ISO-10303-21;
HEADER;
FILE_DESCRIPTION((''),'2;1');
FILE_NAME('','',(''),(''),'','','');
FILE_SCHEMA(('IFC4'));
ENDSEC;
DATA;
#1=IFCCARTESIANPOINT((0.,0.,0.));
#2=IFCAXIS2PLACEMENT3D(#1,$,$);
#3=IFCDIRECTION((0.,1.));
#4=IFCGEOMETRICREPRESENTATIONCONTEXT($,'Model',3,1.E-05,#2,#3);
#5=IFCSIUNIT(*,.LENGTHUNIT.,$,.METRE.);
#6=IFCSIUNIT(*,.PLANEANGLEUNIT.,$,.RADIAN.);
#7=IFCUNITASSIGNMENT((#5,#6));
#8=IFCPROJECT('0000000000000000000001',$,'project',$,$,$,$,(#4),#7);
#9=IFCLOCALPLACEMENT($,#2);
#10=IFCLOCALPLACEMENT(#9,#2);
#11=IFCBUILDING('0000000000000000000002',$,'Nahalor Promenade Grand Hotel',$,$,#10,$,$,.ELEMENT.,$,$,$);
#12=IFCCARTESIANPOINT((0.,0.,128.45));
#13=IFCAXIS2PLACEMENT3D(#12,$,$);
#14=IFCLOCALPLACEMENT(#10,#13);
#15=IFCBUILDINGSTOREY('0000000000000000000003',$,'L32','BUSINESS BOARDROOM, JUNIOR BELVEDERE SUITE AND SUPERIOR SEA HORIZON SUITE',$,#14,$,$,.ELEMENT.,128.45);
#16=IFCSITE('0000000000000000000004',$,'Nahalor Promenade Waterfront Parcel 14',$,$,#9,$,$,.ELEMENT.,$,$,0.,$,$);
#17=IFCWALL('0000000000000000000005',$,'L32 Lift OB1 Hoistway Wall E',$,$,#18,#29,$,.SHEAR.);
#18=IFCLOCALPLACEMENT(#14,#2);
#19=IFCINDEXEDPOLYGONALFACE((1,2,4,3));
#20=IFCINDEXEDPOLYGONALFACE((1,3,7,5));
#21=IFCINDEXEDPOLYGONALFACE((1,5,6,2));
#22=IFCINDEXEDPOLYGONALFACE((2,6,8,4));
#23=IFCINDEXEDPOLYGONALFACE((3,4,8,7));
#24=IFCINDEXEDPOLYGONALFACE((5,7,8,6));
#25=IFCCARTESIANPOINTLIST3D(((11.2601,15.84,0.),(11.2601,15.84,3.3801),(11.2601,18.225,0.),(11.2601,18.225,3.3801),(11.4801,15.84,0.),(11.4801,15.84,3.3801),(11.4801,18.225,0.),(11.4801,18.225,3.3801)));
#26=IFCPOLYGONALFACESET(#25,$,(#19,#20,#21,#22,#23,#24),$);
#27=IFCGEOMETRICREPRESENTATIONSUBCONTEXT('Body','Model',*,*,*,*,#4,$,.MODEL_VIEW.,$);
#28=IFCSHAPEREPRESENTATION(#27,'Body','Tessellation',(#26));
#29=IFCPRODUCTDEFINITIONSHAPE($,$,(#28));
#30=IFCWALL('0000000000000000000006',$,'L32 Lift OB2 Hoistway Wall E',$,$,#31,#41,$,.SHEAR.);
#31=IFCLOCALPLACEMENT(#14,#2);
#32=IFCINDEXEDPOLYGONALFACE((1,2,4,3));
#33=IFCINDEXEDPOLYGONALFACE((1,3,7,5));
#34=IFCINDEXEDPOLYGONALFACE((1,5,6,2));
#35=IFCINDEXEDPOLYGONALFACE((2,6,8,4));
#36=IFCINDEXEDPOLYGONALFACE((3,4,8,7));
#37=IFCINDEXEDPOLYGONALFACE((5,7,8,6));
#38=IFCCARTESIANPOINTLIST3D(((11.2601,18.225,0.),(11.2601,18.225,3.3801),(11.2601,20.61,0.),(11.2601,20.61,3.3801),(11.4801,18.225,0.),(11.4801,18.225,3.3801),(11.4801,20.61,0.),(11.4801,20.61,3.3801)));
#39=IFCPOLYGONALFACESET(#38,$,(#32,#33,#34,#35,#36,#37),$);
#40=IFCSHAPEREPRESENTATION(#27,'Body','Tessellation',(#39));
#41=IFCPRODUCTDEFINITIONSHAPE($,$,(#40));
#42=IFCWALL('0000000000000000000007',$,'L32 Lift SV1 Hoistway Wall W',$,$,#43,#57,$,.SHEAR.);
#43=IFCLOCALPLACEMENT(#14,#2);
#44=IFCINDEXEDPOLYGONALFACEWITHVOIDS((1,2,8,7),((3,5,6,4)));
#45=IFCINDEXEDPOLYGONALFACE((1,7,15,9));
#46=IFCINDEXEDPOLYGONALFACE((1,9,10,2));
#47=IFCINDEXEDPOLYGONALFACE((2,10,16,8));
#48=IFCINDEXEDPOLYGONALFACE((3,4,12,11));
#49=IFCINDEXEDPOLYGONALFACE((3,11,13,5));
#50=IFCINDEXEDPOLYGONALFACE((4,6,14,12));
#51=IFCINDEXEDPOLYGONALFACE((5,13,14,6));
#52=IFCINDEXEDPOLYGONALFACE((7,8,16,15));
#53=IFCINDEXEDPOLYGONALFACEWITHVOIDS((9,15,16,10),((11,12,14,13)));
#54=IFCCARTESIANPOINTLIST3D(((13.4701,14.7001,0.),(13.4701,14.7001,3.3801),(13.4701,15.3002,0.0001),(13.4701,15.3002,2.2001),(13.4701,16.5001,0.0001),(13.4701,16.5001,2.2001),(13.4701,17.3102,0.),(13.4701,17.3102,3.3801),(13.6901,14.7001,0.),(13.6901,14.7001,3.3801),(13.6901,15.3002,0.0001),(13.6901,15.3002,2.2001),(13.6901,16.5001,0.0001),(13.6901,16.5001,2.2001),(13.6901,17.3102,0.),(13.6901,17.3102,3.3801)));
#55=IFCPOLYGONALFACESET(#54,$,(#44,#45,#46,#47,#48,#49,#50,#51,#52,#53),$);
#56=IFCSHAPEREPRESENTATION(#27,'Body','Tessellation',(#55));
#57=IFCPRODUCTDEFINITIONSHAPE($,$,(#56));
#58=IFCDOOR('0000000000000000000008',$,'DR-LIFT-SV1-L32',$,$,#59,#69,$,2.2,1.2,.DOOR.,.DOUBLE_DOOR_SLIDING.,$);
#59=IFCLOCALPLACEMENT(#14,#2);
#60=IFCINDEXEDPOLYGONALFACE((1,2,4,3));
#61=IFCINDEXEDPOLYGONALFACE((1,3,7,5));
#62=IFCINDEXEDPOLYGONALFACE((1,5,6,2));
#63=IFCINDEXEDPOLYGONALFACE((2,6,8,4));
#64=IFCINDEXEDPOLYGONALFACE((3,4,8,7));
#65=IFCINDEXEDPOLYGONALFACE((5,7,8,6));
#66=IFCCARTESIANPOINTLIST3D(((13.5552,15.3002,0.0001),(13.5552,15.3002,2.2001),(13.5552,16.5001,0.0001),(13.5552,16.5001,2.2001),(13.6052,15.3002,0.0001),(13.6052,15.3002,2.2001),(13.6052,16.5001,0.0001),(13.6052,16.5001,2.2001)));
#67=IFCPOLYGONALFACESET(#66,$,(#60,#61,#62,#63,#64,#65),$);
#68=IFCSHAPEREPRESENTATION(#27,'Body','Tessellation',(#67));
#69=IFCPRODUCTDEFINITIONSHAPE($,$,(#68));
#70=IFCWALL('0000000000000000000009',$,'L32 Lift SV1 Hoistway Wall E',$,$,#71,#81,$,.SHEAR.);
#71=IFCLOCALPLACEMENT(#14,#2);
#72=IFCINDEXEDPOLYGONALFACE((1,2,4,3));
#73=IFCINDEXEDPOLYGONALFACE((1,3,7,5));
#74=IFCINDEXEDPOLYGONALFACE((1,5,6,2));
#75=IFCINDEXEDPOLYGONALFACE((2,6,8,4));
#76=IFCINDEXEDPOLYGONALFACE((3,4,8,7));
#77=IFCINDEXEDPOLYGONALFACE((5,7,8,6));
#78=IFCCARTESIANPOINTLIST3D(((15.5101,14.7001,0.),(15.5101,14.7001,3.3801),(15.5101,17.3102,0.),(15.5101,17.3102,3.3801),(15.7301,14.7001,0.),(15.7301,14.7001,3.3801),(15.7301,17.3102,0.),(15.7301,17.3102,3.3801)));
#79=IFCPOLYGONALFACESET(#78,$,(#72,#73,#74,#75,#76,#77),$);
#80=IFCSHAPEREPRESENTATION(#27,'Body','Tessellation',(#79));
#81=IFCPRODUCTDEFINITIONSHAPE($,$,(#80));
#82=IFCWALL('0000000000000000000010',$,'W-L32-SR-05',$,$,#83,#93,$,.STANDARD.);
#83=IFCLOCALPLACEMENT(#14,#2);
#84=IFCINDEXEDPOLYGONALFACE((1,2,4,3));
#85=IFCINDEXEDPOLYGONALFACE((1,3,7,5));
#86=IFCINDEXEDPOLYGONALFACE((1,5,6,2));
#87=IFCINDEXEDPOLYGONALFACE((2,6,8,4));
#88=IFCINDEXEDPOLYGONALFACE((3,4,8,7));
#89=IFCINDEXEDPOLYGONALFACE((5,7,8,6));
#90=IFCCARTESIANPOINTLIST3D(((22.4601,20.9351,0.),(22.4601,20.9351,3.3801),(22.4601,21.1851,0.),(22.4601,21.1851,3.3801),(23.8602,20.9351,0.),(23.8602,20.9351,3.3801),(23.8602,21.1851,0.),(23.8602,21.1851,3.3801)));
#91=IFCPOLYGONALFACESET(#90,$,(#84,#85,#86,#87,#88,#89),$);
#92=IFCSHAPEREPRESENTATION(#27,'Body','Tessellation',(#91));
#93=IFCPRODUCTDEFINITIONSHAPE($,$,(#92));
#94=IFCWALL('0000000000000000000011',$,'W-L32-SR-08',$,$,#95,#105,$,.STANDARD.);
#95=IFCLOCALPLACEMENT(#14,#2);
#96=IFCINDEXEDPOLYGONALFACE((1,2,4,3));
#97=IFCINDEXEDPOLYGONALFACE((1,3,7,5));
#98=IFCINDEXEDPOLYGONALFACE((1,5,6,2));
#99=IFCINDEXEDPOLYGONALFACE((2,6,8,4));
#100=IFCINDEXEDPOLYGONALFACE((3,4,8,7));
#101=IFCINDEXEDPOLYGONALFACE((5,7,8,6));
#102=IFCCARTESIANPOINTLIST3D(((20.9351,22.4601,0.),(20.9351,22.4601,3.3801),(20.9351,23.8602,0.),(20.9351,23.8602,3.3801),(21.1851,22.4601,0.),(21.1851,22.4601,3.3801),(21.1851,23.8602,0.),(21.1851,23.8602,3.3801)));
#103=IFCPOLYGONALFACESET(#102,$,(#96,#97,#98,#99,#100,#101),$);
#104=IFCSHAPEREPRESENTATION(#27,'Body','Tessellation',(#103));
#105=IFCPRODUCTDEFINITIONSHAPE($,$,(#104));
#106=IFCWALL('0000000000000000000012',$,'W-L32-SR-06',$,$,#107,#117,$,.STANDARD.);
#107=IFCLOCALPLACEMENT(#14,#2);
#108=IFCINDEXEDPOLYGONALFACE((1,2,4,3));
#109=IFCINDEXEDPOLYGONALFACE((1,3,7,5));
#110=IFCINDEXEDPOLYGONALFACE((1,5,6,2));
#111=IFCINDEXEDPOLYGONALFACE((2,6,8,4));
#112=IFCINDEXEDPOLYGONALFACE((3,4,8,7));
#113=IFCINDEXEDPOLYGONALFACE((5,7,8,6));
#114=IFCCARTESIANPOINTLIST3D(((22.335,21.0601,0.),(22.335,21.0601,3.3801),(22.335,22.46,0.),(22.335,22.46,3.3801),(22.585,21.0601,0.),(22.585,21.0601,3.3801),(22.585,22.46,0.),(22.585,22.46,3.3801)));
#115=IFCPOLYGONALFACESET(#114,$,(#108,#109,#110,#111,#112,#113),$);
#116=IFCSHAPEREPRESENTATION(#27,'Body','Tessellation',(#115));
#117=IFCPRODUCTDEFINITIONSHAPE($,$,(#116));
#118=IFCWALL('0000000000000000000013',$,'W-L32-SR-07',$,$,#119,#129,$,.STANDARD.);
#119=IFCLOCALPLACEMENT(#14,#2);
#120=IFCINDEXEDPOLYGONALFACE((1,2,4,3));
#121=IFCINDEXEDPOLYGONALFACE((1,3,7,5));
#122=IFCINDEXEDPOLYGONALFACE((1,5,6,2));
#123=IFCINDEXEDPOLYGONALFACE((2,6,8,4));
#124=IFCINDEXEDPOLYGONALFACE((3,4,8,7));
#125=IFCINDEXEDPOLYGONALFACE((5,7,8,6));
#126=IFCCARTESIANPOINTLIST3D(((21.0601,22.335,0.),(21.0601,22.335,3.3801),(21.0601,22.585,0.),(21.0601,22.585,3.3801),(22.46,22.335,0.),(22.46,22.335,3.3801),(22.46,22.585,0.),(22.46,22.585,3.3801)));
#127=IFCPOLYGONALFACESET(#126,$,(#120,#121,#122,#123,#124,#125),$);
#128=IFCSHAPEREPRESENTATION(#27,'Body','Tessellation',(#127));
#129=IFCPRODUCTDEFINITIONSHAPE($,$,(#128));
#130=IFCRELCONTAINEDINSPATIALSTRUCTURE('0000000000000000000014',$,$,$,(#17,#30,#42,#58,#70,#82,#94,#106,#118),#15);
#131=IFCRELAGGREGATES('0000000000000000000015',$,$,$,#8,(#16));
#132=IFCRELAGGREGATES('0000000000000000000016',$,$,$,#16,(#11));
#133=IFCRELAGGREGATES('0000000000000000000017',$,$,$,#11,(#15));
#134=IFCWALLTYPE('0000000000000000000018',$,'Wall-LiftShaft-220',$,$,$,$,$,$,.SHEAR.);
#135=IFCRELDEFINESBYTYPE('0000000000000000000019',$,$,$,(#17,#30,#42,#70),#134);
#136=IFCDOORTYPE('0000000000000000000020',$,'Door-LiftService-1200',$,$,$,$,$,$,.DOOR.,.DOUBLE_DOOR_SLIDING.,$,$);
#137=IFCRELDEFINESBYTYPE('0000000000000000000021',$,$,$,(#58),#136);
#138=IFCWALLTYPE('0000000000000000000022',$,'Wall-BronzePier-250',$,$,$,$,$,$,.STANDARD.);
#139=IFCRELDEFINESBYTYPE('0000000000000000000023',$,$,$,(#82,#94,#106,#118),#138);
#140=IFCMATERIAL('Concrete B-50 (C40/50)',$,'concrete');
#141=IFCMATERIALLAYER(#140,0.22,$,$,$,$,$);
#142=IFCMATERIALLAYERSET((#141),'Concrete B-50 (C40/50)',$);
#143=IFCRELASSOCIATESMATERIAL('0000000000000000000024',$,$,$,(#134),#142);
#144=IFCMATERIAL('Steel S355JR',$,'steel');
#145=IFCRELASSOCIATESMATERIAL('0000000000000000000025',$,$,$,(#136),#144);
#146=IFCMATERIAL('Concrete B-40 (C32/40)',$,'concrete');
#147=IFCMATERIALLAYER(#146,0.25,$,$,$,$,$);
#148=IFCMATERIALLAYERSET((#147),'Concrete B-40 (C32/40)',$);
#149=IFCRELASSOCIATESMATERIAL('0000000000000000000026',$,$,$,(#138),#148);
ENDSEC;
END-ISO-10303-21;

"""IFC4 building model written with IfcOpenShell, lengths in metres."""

from ifc_helpers import new_model, si_unit, direction, frame, frame_2d, origin, place, context, subcontext, project, spatial, rectangle, extrude, source, transform, mapped, material, layer, layer_set, type_object, element, fill, save


model = new_model("IFC4")

# Units and contexts
model_context = context("Model", 3, precision=1e-05, world=origin(), true_north=direction((0.0, 1.0)))
body_context = subcontext(model_context, "Body", "Model", "MODEL_VIEW")
ifc_project = project(units=[si_unit("LENGTHUNIT", "METRE"), si_unit("PLANEANGLEUNIT", "RADIAN")], contexts=[model_context])

# Site, building, storey
site_placement = place(None, origin())
site = spatial("IfcSite", under=ifc_project, at=site_placement, Name="Nahalor Promenade Waterfront Parcel 14", CompositionType="ELEMENT", RefElevation=0.0)
building_placement = place(site_placement, origin())
building = spatial("IfcBuilding", under=site, at=building_placement, Name="Nahalor Promenade Grand Hotel", CompositionType="ELEMENT")
storey_placement = place(building_placement, frame((0.0, 0.0, 128.45)))
storey = spatial("IfcBuildingStorey", under=building, at=storey_placement, Name="L32", Description="BUSINESS BOARDROOM, JUNIOR BELVEDERE SUITE AND SUPERIOR SEA HORIZON SUITE", CompositionType="ELEMENT", Elevation=128.45)

# Shared definitions
ifc_material_1 = material(Name="Steel S355JR", Category="steel")

# Shared definitions
ifc_material_2 = material(Name="Concrete B-50 (C40/50)", Category="concrete")
ifc_layer_1 = layer(ifc_material_2, 0.22)
ifc_layer_set_1 = layer_set([ifc_layer_1], Name="Concrete B-50 (C40/50)")
wall_type_1 = type_object("IfcWallType", Name="Wall-LiftShaft-220", PredefinedType="SHEAR", material=ifc_layer_set_1)

# Walls
shared_shape_1 = source(origin(), body_context, "Body", "SweptSolid", [
    extrude(rectangle(XDim=2.385, YDim=0.22, at=frame_2d((1.1924, 0.0))), origin(), (0.0, 0.0, 1.0), 3.3801),
])
for number, where, z_axis, x_axis, name in (
    (1, (11.3701, 15.8401, 0.0), (0.0, 0.0, 1.0), (0.0, 1.0, 0.0), "L32 Lift OB1 Hoistway Wall E"),
    (2, (11.3701, 18.2251, 0.0), (0.0, 0.0, 1.0), (0.0, 1.0, 0.0), "L32 Lift OB2 Hoistway Wall E"),
):
    element("IfcWall", number, at=place(storey_placement, frame(where, z_axis=z_axis, x_axis=x_axis)), inside=storey, type_object=wall_type_1, Name=name, PredefinedType="SHEAR", context=body_context, shape_type="MappedRepresentation", body=[
        mapped(shared_shape_1, transform((0.0, 0.0, 0.0), scale=1.0)),
    ])

# Wall, opening, door
shared_shape_2 = source(origin(), body_context, "Body", "SweptSolid", [
    extrude(rectangle(XDim=2.6101, YDim=0.22, at=frame_2d((1.3052, 0.0))), origin(), (0.0, 0.0, 1.0), 3.3801),
])
wall_1_placement = place(storey_placement, frame((13.5801, 14.7, 0.0), z_axis=(0.0, 0.0, 1.0), x_axis=(0.0, 1.0, 0.0)))
wall_1 = element("IfcWall", 3, at=wall_1_placement, inside=storey, type_object=wall_type_1, Name="L32 Lift SV1 Hoistway Wall W", PredefinedType="SHEAR", context=body_context, shape_type="MappedRepresentation", body=[
    mapped(shared_shape_2, transform((0.0, 0.0, 0.0), scale=1.0)),
])
opening_1_placement = place(wall_1_placement, frame((0.6001, 0.0, 0.0)))
opening_1 = element("IfcOpeningElement", 4, at=opening_1_placement, cuts=wall_1, PredefinedType="OPENING", context=body_context, shape_type="SweptSolid", body=[
    extrude(rectangle(XDim=1.2, YDim=2.2, at=frame_2d((0.6001, 1.1001))), frame((0.0, 0.1199, 0.0), z_axis=(0.0, -1.0, 0.0), x_axis=(1.0, 0.0, 0.0)), (0.0, 0.0, 1.0), 0.24),
])
door_type_1 = type_object("IfcDoorType", Name="Door-LiftService-1200", OperationType="DOUBLE_DOOR_SLIDING", PredefinedType="DOOR", material=ifc_material_1)
shared_shape_3 = source(origin(), body_context, "Body", "SweptSolid", [
    extrude(rectangle(XDim=1.2, YDim=2.2, at=frame_2d((0.6001, 1.1001))), frame((0.0, 0.0249, 0.0), z_axis=(0.0, -1.0, 0.0), x_axis=(1.0, 0.0, 0.0)), (0.0, 0.0, 1.0), 0.05),
])
door_1_placement = place(opening_1_placement, origin())
door_1 = element("IfcDoor", 5, at=door_1_placement, inside=storey, type_object=door_type_1, Name="DR-LIFT-SV1-L32", OperationType="DOUBLE_DOOR_SLIDING", OverallHeight=2.2, OverallWidth=1.2, PredefinedType="DOOR", context=body_context, shape_type="MappedRepresentation", body=[
    mapped(shared_shape_3, transform((0.0, 0.0, 0.0), scale=1.0)),
])
fill(opening_1, door_1)

# Walls
wall_2_placement = place(storey_placement, frame((15.6201, 14.7, 0.0), z_axis=(0.0, 0.0, 1.0), x_axis=(0.0, 1.0, 0.0)))
element("IfcWall", 6, at=wall_2_placement, inside=storey, type_object=wall_type_1, Name="L32 Lift SV1 Hoistway Wall E", PredefinedType="SHEAR", context=body_context, shape_type="MappedRepresentation", body=[
    mapped(shared_shape_2, transform((0.0, 0.0, 0.0), scale=1.0)),
])
ifc_material_3 = material(Name="Concrete B-40 (C32/40)", Category="concrete")
ifc_layer_2 = layer(ifc_material_3, 0.25)
ifc_layer_set_2 = layer_set([ifc_layer_2], Name="Concrete B-40 (C32/40)")
wall_type_2 = type_object("IfcWallType", Name="Wall-BronzePier-250", PredefinedType="STANDARD", material=ifc_layer_set_2)
shared_shape_4 = source(origin(), body_context, "Body", "SweptSolid", [
    extrude(rectangle(XDim=1.4001, YDim=0.25, at=frame_2d((0.7002, 0.0))), origin(), (0.0, 0.0, 1.0), 3.3801),
])
for number, where, z_axis, x_axis, name in (
    (7, (22.46, 21.0601, 0.0), (0.0, 0.0, 1.0), (1.0, 0.0, 0.0), "W-L32-SR-05"),
    (8, (21.0601, 22.46, 0.0), (0.0, 0.0, 1.0), (0.0, 1.0, 0.0), "W-L32-SR-08"),
):
    element("IfcWall", number, at=place(storey_placement, frame(where, z_axis=z_axis, x_axis=x_axis)), inside=storey, type_object=wall_type_2, Name=name, PredefinedType="STANDARD", context=body_context, shape_type="MappedRepresentation", body=[
        mapped(shared_shape_4, transform((0.0, 0.0, 0.0), scale=1.0)),
    ])
shared_shape_5 = source(origin(), body_context, "Body", "SweptSolid", [
    extrude(rectangle(XDim=1.3999, YDim=0.25, at=frame_2d((0.7, 0.0))), origin(), (0.0, 0.0, 1.0), 3.3801),
])
for number, where, z_axis, x_axis, name in (
    (9, (22.46, 21.0601, 0.0), (0.0, 0.0, 1.0), (0.0, 1.0, 0.0), "W-L32-SR-06"),
    (10, (21.0601, 22.46, 0.0), (0.0, 0.0, 1.0), (1.0, 0.0, 0.0), "W-L32-SR-07"),
):
    element("IfcWall", number, at=place(storey_placement, frame(where, z_axis=z_axis, x_axis=x_axis)), inside=storey, type_object=wall_type_2, Name=name, PredefinedType="STANDARD", context=body_context, shape_type="MappedRepresentation", body=[
        mapped(shared_shape_5, transform((0.0, 0.0, 0.0), scale=1.0)),
    ])

save(model, "model.ifc")
